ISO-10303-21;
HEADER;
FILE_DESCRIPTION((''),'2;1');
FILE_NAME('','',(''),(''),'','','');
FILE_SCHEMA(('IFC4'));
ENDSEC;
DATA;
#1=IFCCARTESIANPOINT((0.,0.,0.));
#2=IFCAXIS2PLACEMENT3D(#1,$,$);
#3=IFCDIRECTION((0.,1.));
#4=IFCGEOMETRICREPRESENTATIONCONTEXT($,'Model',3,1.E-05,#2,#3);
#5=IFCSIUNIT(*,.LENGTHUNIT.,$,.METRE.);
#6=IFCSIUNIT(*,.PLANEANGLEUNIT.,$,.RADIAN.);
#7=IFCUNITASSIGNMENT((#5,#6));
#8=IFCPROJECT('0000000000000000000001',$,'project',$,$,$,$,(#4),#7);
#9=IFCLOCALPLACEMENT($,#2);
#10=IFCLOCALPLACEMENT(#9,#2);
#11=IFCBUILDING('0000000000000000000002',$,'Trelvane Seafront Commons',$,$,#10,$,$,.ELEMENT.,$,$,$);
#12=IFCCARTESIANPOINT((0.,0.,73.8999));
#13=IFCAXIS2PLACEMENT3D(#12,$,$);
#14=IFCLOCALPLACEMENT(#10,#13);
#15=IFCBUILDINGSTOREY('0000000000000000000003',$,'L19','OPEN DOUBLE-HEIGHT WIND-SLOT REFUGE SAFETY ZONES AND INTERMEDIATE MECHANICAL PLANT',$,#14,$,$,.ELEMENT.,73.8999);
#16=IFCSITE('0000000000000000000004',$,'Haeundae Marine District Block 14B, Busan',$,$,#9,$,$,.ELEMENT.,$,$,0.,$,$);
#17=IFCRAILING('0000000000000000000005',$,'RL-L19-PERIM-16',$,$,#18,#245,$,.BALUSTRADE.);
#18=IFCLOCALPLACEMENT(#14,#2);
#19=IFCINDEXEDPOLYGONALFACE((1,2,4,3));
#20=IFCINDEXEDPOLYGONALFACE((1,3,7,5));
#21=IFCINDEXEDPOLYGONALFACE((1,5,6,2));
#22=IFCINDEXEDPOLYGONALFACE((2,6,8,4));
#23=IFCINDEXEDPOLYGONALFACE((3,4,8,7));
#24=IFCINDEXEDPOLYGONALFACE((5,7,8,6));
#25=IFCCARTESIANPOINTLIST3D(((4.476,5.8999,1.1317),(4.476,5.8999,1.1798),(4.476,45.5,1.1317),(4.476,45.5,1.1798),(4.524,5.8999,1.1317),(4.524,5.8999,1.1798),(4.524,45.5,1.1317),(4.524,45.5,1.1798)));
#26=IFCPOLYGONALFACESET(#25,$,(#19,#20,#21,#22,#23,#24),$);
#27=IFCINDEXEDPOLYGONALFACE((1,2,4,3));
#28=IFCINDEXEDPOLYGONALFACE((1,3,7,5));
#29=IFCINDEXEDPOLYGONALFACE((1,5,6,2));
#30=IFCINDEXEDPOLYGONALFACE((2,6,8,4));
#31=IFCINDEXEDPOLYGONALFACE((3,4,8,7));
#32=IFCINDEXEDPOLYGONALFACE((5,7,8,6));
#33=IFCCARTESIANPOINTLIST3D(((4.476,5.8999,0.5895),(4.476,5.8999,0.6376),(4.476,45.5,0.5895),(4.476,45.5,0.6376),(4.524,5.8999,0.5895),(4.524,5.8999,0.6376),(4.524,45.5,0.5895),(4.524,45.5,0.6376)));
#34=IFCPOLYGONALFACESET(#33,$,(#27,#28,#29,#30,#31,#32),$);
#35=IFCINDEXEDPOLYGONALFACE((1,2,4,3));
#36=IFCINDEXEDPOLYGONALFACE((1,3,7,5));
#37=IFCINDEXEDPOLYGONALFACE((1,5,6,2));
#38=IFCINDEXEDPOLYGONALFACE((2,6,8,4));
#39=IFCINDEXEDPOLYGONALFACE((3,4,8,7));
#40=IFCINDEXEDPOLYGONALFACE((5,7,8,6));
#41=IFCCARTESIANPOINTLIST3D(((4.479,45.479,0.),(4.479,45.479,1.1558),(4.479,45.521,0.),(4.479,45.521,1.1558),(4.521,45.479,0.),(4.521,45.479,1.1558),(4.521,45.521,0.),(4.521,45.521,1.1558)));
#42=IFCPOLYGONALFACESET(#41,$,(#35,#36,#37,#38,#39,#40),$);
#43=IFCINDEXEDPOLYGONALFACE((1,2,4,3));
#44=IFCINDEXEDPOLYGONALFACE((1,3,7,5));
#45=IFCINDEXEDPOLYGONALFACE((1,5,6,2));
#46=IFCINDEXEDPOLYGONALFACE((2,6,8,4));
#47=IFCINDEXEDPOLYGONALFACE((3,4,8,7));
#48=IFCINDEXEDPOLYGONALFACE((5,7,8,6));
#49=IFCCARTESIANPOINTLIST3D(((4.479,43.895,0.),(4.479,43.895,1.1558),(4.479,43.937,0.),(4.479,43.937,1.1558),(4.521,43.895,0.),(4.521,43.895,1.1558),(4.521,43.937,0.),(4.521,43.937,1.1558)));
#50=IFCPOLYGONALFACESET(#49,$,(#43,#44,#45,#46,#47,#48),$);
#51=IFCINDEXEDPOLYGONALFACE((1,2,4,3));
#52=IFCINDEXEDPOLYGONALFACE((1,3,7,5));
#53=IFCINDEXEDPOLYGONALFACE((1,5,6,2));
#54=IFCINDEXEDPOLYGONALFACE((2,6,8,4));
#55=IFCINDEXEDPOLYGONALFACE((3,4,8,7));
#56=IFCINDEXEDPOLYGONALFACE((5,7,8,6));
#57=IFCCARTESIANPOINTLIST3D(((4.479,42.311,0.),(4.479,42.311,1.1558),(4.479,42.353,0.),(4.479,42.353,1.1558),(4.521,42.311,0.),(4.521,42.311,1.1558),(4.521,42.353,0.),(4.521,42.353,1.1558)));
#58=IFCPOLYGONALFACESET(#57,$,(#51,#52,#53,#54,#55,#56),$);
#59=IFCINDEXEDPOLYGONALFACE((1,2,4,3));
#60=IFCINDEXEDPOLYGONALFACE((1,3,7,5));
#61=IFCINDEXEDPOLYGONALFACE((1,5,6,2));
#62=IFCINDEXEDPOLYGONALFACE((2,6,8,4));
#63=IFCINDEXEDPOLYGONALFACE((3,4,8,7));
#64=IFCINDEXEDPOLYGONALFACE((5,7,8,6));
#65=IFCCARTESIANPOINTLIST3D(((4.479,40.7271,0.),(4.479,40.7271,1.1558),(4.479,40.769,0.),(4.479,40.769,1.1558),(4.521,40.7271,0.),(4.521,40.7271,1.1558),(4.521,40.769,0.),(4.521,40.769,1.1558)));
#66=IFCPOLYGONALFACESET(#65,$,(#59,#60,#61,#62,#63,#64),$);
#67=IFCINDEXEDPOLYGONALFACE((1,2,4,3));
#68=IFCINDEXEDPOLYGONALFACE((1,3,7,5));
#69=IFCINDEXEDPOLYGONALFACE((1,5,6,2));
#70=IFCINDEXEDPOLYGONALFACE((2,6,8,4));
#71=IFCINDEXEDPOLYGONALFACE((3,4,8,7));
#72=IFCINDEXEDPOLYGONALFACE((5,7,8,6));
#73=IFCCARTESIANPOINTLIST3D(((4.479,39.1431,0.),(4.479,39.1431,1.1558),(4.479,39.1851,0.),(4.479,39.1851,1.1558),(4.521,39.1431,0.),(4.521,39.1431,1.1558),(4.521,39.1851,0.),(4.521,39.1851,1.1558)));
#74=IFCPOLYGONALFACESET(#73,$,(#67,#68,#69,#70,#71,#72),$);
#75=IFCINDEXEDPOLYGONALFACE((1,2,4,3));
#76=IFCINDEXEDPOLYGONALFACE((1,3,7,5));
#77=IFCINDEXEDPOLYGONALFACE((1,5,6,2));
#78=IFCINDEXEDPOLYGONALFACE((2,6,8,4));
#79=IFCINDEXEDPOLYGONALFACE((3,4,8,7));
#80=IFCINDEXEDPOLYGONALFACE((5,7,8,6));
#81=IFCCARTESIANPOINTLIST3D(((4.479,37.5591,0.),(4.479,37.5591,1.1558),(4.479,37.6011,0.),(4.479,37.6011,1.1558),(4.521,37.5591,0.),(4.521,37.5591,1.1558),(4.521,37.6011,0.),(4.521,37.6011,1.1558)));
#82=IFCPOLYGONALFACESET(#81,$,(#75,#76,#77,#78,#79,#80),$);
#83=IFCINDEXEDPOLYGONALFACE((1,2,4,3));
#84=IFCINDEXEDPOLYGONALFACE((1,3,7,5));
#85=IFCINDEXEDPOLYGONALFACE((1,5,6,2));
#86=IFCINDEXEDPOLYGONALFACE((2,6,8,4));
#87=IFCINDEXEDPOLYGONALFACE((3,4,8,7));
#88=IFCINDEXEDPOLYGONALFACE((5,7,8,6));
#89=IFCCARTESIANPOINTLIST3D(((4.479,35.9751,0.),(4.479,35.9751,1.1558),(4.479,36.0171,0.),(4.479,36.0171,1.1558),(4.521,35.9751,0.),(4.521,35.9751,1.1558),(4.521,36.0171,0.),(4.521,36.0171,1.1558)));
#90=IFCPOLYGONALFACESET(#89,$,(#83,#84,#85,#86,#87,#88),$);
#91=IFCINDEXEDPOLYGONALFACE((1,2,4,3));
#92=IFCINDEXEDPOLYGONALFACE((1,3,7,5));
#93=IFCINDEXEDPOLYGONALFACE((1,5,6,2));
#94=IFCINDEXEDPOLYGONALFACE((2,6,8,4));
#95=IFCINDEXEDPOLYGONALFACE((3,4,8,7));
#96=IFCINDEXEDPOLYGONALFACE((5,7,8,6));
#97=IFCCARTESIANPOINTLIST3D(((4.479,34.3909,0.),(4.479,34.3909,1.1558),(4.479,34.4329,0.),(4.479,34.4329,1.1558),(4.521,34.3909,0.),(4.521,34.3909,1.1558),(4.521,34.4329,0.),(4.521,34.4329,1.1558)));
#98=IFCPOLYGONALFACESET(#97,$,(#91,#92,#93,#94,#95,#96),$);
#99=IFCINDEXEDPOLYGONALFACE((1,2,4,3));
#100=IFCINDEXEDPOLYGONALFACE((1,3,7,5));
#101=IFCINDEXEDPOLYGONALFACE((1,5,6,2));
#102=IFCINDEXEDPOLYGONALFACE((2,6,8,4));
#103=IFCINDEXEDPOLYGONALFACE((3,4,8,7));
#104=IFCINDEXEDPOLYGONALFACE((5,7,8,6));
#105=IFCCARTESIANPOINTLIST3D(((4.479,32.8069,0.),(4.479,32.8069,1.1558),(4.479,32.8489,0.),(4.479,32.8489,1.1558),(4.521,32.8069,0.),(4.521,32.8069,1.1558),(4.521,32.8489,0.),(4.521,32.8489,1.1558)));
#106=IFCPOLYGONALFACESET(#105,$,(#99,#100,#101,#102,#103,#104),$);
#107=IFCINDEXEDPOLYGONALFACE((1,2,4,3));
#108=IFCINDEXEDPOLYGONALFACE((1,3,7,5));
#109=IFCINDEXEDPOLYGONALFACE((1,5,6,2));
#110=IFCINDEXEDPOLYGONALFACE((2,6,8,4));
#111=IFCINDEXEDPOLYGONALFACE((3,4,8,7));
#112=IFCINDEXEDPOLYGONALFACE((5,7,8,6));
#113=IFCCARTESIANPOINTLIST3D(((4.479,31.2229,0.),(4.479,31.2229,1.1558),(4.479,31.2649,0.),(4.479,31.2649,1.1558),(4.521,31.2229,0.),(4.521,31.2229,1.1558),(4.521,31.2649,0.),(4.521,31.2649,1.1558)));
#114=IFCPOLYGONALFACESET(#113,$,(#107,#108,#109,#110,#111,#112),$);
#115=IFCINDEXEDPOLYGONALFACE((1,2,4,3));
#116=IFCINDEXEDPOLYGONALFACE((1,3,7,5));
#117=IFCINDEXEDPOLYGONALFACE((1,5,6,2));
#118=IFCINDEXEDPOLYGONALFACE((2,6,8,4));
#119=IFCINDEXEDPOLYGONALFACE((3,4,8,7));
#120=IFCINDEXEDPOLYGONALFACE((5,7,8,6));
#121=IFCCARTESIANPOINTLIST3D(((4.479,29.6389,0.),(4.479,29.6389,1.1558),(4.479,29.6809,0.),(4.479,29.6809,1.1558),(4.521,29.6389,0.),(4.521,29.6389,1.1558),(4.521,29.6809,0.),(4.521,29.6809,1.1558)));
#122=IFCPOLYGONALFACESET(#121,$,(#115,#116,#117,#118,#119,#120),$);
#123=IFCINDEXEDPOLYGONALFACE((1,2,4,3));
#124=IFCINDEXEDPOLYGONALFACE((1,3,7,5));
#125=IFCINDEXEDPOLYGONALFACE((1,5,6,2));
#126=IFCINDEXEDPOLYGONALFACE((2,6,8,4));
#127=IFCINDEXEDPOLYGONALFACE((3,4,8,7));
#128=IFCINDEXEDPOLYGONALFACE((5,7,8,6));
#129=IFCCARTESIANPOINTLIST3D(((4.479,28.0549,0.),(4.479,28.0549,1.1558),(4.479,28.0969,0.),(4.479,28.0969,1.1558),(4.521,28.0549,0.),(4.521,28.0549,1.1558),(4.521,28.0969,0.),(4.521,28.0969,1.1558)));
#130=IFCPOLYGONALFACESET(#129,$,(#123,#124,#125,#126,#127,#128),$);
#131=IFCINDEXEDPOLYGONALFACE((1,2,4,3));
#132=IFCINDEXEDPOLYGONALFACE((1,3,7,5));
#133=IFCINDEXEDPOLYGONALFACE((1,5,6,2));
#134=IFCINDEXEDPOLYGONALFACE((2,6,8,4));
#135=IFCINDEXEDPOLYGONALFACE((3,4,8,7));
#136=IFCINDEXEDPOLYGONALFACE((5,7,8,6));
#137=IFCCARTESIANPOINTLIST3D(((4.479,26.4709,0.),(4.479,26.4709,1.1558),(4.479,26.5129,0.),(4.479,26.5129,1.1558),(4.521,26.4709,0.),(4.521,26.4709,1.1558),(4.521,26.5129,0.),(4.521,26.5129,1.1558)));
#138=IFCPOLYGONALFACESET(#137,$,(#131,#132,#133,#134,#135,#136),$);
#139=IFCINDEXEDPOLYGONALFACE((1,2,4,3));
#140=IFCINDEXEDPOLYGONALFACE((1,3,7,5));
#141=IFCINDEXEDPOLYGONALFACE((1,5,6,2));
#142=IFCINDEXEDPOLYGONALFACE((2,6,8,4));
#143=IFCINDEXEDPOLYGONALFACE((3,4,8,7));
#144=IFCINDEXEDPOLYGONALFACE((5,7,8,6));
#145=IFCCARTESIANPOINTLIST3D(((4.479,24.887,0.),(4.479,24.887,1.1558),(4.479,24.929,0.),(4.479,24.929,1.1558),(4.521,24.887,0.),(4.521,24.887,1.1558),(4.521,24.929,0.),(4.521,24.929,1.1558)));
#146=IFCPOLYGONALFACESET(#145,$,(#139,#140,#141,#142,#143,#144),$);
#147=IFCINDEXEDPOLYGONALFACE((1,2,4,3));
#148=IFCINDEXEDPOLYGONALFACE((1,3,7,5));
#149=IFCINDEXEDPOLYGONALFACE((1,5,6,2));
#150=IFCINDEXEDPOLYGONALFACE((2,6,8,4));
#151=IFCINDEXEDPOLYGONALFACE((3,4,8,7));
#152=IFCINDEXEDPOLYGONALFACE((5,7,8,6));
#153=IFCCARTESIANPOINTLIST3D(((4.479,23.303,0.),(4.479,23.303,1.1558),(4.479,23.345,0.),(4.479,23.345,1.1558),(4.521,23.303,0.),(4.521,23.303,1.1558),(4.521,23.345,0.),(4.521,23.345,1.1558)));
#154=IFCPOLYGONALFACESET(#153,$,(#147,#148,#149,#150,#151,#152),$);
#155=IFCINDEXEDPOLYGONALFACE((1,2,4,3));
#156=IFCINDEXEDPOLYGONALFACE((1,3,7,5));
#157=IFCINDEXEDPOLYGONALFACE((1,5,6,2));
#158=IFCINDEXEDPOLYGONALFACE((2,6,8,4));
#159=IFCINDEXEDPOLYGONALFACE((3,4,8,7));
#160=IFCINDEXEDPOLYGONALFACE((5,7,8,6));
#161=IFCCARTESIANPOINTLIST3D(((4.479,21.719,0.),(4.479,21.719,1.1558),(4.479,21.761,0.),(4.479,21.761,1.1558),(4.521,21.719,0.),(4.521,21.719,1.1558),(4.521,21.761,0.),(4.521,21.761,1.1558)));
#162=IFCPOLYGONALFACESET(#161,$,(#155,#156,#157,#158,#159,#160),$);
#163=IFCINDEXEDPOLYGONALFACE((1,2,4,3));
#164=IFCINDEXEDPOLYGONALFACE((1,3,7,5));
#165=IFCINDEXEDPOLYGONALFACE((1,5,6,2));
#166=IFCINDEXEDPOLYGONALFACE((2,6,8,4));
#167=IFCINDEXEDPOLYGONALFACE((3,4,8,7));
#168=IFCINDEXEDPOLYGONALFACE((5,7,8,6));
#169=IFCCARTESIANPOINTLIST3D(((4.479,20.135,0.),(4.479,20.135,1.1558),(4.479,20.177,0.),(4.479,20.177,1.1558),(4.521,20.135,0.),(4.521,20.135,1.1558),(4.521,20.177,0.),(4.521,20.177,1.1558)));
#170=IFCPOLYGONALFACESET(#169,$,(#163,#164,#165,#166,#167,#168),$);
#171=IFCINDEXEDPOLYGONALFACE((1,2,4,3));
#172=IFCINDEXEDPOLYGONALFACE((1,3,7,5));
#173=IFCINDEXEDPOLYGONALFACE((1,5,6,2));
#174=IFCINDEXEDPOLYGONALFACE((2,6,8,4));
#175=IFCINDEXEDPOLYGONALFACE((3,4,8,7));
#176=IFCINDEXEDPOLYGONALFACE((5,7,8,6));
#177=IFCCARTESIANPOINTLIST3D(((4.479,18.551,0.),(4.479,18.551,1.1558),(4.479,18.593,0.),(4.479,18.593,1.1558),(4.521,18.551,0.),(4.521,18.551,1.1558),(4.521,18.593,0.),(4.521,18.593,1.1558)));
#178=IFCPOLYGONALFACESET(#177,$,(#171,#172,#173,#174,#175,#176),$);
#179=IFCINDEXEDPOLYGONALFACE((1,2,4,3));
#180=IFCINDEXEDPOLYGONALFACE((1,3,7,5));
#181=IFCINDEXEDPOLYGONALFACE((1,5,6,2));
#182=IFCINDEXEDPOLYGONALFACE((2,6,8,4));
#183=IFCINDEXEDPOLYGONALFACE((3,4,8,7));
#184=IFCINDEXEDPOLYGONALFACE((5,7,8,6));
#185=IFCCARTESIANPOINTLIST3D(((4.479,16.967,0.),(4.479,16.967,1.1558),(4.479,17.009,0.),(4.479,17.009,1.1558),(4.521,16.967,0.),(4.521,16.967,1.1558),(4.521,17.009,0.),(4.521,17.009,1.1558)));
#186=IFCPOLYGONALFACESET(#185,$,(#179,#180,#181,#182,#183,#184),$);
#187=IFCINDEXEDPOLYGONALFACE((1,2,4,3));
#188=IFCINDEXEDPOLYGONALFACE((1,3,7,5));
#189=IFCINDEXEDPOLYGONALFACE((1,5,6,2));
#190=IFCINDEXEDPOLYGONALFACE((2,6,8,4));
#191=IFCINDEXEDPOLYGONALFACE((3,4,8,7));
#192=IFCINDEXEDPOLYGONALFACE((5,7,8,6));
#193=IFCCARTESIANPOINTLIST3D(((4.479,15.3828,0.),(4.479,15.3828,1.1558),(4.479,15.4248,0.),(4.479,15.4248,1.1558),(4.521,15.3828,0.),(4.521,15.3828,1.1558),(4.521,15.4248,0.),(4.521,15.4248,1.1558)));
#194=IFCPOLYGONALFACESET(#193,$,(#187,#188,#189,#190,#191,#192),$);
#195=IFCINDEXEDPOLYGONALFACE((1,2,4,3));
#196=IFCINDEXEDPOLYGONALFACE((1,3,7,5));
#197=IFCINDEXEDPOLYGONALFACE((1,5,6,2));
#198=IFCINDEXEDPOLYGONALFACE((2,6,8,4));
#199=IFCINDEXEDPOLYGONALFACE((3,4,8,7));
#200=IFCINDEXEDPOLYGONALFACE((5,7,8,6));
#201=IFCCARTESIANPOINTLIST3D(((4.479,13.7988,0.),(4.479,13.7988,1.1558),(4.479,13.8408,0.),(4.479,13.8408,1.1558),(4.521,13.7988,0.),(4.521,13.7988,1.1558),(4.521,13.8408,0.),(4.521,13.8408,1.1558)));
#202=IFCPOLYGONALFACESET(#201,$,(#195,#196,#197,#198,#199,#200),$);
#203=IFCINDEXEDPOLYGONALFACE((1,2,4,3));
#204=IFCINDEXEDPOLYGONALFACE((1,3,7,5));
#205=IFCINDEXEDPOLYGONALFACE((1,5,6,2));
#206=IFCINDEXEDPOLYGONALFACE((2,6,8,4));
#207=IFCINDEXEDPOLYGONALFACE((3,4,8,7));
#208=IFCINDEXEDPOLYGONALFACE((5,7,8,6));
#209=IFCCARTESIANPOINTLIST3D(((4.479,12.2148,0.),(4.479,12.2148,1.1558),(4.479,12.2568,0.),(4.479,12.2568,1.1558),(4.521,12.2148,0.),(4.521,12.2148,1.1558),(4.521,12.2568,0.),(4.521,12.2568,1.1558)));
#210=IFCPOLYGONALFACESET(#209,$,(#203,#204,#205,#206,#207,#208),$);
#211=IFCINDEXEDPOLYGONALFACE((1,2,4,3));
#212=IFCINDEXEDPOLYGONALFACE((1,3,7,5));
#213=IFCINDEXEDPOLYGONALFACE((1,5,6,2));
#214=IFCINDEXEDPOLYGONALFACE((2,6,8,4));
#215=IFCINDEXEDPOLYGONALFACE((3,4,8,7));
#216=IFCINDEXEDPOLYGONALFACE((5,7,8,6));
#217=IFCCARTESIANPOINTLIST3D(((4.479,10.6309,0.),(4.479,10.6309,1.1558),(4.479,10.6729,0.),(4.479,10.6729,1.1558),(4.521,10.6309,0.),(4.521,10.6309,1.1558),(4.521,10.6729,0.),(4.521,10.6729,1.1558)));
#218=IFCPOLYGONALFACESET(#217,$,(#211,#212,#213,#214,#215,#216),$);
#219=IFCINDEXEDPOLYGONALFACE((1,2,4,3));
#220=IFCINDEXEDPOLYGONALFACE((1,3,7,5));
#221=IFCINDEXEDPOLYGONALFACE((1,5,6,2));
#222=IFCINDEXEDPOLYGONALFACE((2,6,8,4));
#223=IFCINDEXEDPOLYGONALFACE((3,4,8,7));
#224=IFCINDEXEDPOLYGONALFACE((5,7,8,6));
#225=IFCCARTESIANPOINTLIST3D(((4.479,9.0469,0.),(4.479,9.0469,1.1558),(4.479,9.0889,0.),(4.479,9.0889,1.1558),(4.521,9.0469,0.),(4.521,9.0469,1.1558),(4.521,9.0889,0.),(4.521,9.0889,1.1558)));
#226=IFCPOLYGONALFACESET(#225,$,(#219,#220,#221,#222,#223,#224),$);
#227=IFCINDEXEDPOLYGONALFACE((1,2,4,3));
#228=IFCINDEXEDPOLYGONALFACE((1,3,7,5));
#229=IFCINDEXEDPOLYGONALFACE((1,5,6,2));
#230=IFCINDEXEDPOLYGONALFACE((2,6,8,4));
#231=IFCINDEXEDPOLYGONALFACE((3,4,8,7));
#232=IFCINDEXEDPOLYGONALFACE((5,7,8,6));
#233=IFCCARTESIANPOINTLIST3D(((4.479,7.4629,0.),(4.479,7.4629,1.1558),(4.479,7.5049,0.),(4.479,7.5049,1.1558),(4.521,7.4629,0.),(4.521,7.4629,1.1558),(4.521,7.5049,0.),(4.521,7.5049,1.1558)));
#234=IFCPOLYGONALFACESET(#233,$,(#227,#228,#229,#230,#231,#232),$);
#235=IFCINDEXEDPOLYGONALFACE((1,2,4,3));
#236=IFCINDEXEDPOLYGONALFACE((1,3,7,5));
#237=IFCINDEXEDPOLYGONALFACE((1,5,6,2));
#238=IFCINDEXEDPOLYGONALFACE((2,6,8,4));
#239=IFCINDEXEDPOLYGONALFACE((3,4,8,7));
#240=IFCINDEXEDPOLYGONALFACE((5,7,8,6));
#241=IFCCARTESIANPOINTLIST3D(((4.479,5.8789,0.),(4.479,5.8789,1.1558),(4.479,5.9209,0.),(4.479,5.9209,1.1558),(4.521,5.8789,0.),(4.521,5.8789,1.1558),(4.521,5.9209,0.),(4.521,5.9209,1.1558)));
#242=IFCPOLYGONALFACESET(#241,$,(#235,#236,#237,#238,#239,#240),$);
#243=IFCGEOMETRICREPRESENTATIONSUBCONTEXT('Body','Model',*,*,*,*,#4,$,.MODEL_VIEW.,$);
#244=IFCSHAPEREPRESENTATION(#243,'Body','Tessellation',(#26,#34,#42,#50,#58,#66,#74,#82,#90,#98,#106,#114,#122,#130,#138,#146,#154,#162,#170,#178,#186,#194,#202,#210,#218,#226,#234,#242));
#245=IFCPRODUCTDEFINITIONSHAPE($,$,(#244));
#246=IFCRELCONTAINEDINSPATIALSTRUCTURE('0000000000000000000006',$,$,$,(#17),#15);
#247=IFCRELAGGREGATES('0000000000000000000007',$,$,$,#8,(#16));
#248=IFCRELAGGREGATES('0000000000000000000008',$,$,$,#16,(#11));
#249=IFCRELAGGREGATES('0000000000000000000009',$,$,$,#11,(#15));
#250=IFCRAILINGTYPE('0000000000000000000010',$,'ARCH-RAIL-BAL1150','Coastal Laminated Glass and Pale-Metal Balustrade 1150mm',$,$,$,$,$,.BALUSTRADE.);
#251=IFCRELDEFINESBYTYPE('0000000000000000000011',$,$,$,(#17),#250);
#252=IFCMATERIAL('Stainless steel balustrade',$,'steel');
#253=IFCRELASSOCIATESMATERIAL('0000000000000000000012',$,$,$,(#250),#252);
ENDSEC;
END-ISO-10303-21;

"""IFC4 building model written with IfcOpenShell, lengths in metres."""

from ifc_helpers import new_model, si_unit, direction, frame, origin, origin_2d, place, context, subcontext, project, spatial, rectangle, extrude, material, type_object, element, save


model = new_model("IFC4")

# Units and contexts
model_context = context("Model", 3, precision=1e-05, world=origin(), true_north=direction((0.0, 1.0)))
body_context = subcontext(model_context, "Body", "Model", "MODEL_VIEW")
ifc_project = project(units=[si_unit("LENGTHUNIT", "METRE"), si_unit("PLANEANGLEUNIT", "RADIAN")], contexts=[model_context])

# Site, building, storey
site_placement = place(None, origin())
site = spatial("IfcSite", under=ifc_project, at=site_placement, Name="Haeundae Marine District Block 14B, Busan", CompositionType="ELEMENT", RefElevation=0.0)
building_placement = place(site_placement, origin())
building = spatial("IfcBuilding", under=site, at=building_placement, Name="Trelvane Seafront Commons", CompositionType="ELEMENT")
storey_placement = place(building_placement, frame((0.0, 0.0, 73.8999)))
storey = spatial("IfcBuildingStorey", under=building, at=storey_placement, Name="L19", Description="OPEN DOUBLE-HEIGHT WIND-SLOT REFUGE SAFETY ZONES AND INTERMEDIATE MECHANICAL PLANT", CompositionType="ELEMENT", Elevation=73.8999)

# Railing
ifc_material_1 = material(Name="Stainless steel balustrade", Category="steel")
railing_type_1 = type_object("IfcRailingType", Name="ARCH-RAIL-BAL1150", Description="Coastal Laminated Glass and Pale-Metal Balustrade 1150mm", PredefinedType="BALUSTRADE", material=ifc_material_1)
railing_1_placement = place(storey_placement, frame((4.5, 45.5, 0.0)))
element("IfcRailing", 1, at=railing_1_placement, inside=storey, type_object=railing_type_1, Name="RL-L19-PERIM-16", PredefinedType="BALUSTRADE", context=body_context, shape_type="SweptSolid", body=[
    extrude(rectangle(XDim=0.0481, YDim=0.0481, at=origin_2d()), frame((0.0, 0.0, 1.1558), z_axis=(0.0, -1.0, 0.0), x_axis=(1.0, 0.0, 0.0)), (0.0, 0.0, 1.0), 39.6001),
    extrude(rectangle(XDim=0.0481, YDim=0.0481, at=origin_2d()), frame((0.0, 0.0, 0.6135), z_axis=(0.0, -1.0, 0.0), x_axis=(1.0, 0.0, 0.0)), (0.0, 0.0, 1.0), 39.6001),
    extrude(rectangle(XDim=0.042, YDim=0.042, at=origin_2d()), origin(), (0.0, 0.0, 1.0), 1.1558),
    extrude(rectangle(XDim=0.042, YDim=0.042, at=origin_2d()), frame((0.0, -1.584, 0.0)), (0.0, 0.0, 1.0), 1.1558),
    extrude(rectangle(XDim=0.042, YDim=0.042, at=origin_2d()), frame((0.0, -3.168, 0.0)), (0.0, 0.0, 1.0), 1.1558),
    extrude(rectangle(XDim=0.042, YDim=0.042, at=origin_2d()), frame((0.0, -4.752, 0.0)), (0.0, 0.0, 1.0), 1.1558),
    extrude(rectangle(XDim=0.042, YDim=0.042, at=origin_2d()), frame((0.0, -6.3359, 0.0)), (0.0, 0.0, 1.0), 1.1558),
    extrude(rectangle(XDim=0.042, YDim=0.042, at=origin_2d()), frame((0.0, -7.9199, 0.0)), (0.0, 0.0, 1.0), 1.1558),
    extrude(rectangle(XDim=0.042, YDim=0.042, at=origin_2d()), frame((0.0, -9.5039, 0.0)), (0.0, 0.0, 1.0), 1.1558),
    extrude(rectangle(XDim=0.042, YDim=0.042, at=origin_2d()), frame((0.0, -11.0881, 0.0)), (0.0, 0.0, 1.0), 1.1558),
    extrude(rectangle(XDim=0.042, YDim=0.042, at=origin_2d()), frame((0.0, -12.6721, 0.0)), (0.0, 0.0, 1.0), 1.1558),
    extrude(rectangle(XDim=0.042, YDim=0.042, at=origin_2d()), frame((0.0, -14.2561, 0.0)), (0.0, 0.0, 1.0), 1.1558),
    extrude(rectangle(XDim=0.042, YDim=0.042, at=origin_2d()), frame((0.0, -15.8401, 0.0)), (0.0, 0.0, 1.0), 1.1558),
    extrude(rectangle(XDim=0.042, YDim=0.042, at=origin_2d()), frame((0.0, -17.4241, 0.0)), (0.0, 0.0, 1.0), 1.1558),
    extrude(rectangle(XDim=0.042, YDim=0.042, at=origin_2d()), frame((0.0, -19.0081, 0.0)), (0.0, 0.0, 1.0), 1.1558),
    extrude(rectangle(XDim=0.042, YDim=0.042, at=origin_2d()), frame((0.0, -20.592, 0.0)), (0.0, 0.0, 1.0), 1.1558),
    extrude(rectangle(XDim=0.042, YDim=0.042, at=origin_2d()), frame((0.0, -22.176, 0.0)), (0.0, 0.0, 1.0), 1.1558),
    extrude(rectangle(XDim=0.042, YDim=0.042, at=origin_2d()), frame((0.0, -23.76, 0.0)), (0.0, 0.0, 1.0), 1.1558),
    extrude(rectangle(XDim=0.042, YDim=0.042, at=origin_2d()), frame((0.0, -25.344, 0.0)), (0.0, 0.0, 1.0), 1.1558),
    extrude(rectangle(XDim=0.042, YDim=0.042, at=origin_2d()), frame((0.0, -26.928, 0.0)), (0.0, 0.0, 1.0), 1.1558),
    extrude(rectangle(XDim=0.042, YDim=0.042, at=origin_2d()), frame((0.0, -28.512, 0.0)), (0.0, 0.0, 1.0), 1.1558),
    extrude(rectangle(XDim=0.042, YDim=0.042, at=origin_2d()), frame((0.0, -30.0962, 0.0)), (0.0, 0.0, 1.0), 1.1558),
    extrude(rectangle(XDim=0.042, YDim=0.042, at=origin_2d()), frame((0.0, -31.6802, 0.0)), (0.0, 0.0, 1.0), 1.1558),
    extrude(rectangle(XDim=0.042, YDim=0.042, at=origin_2d()), frame((0.0, -33.2642, 0.0)), (0.0, 0.0, 1.0), 1.1558),
    extrude(rectangle(XDim=0.042, YDim=0.042, at=origin_2d()), frame((0.0, -34.8481, 0.0)), (0.0, 0.0, 1.0), 1.1558),
    extrude(rectangle(XDim=0.042, YDim=0.042, at=origin_2d()), frame((0.0, -36.4321, 0.0)), (0.0, 0.0, 1.0), 1.1558),
    extrude(rectangle(XDim=0.042, YDim=0.042, at=origin_2d()), frame((0.0, -38.0161, 0.0)), (0.0, 0.0, 1.0), 1.1558),
    extrude(rectangle(XDim=0.042, YDim=0.042, at=origin_2d()), frame((0.0, -39.6001, 0.0)), (0.0, 0.0, 1.0), 1.1558),
])

save(model, "model.ifc")
